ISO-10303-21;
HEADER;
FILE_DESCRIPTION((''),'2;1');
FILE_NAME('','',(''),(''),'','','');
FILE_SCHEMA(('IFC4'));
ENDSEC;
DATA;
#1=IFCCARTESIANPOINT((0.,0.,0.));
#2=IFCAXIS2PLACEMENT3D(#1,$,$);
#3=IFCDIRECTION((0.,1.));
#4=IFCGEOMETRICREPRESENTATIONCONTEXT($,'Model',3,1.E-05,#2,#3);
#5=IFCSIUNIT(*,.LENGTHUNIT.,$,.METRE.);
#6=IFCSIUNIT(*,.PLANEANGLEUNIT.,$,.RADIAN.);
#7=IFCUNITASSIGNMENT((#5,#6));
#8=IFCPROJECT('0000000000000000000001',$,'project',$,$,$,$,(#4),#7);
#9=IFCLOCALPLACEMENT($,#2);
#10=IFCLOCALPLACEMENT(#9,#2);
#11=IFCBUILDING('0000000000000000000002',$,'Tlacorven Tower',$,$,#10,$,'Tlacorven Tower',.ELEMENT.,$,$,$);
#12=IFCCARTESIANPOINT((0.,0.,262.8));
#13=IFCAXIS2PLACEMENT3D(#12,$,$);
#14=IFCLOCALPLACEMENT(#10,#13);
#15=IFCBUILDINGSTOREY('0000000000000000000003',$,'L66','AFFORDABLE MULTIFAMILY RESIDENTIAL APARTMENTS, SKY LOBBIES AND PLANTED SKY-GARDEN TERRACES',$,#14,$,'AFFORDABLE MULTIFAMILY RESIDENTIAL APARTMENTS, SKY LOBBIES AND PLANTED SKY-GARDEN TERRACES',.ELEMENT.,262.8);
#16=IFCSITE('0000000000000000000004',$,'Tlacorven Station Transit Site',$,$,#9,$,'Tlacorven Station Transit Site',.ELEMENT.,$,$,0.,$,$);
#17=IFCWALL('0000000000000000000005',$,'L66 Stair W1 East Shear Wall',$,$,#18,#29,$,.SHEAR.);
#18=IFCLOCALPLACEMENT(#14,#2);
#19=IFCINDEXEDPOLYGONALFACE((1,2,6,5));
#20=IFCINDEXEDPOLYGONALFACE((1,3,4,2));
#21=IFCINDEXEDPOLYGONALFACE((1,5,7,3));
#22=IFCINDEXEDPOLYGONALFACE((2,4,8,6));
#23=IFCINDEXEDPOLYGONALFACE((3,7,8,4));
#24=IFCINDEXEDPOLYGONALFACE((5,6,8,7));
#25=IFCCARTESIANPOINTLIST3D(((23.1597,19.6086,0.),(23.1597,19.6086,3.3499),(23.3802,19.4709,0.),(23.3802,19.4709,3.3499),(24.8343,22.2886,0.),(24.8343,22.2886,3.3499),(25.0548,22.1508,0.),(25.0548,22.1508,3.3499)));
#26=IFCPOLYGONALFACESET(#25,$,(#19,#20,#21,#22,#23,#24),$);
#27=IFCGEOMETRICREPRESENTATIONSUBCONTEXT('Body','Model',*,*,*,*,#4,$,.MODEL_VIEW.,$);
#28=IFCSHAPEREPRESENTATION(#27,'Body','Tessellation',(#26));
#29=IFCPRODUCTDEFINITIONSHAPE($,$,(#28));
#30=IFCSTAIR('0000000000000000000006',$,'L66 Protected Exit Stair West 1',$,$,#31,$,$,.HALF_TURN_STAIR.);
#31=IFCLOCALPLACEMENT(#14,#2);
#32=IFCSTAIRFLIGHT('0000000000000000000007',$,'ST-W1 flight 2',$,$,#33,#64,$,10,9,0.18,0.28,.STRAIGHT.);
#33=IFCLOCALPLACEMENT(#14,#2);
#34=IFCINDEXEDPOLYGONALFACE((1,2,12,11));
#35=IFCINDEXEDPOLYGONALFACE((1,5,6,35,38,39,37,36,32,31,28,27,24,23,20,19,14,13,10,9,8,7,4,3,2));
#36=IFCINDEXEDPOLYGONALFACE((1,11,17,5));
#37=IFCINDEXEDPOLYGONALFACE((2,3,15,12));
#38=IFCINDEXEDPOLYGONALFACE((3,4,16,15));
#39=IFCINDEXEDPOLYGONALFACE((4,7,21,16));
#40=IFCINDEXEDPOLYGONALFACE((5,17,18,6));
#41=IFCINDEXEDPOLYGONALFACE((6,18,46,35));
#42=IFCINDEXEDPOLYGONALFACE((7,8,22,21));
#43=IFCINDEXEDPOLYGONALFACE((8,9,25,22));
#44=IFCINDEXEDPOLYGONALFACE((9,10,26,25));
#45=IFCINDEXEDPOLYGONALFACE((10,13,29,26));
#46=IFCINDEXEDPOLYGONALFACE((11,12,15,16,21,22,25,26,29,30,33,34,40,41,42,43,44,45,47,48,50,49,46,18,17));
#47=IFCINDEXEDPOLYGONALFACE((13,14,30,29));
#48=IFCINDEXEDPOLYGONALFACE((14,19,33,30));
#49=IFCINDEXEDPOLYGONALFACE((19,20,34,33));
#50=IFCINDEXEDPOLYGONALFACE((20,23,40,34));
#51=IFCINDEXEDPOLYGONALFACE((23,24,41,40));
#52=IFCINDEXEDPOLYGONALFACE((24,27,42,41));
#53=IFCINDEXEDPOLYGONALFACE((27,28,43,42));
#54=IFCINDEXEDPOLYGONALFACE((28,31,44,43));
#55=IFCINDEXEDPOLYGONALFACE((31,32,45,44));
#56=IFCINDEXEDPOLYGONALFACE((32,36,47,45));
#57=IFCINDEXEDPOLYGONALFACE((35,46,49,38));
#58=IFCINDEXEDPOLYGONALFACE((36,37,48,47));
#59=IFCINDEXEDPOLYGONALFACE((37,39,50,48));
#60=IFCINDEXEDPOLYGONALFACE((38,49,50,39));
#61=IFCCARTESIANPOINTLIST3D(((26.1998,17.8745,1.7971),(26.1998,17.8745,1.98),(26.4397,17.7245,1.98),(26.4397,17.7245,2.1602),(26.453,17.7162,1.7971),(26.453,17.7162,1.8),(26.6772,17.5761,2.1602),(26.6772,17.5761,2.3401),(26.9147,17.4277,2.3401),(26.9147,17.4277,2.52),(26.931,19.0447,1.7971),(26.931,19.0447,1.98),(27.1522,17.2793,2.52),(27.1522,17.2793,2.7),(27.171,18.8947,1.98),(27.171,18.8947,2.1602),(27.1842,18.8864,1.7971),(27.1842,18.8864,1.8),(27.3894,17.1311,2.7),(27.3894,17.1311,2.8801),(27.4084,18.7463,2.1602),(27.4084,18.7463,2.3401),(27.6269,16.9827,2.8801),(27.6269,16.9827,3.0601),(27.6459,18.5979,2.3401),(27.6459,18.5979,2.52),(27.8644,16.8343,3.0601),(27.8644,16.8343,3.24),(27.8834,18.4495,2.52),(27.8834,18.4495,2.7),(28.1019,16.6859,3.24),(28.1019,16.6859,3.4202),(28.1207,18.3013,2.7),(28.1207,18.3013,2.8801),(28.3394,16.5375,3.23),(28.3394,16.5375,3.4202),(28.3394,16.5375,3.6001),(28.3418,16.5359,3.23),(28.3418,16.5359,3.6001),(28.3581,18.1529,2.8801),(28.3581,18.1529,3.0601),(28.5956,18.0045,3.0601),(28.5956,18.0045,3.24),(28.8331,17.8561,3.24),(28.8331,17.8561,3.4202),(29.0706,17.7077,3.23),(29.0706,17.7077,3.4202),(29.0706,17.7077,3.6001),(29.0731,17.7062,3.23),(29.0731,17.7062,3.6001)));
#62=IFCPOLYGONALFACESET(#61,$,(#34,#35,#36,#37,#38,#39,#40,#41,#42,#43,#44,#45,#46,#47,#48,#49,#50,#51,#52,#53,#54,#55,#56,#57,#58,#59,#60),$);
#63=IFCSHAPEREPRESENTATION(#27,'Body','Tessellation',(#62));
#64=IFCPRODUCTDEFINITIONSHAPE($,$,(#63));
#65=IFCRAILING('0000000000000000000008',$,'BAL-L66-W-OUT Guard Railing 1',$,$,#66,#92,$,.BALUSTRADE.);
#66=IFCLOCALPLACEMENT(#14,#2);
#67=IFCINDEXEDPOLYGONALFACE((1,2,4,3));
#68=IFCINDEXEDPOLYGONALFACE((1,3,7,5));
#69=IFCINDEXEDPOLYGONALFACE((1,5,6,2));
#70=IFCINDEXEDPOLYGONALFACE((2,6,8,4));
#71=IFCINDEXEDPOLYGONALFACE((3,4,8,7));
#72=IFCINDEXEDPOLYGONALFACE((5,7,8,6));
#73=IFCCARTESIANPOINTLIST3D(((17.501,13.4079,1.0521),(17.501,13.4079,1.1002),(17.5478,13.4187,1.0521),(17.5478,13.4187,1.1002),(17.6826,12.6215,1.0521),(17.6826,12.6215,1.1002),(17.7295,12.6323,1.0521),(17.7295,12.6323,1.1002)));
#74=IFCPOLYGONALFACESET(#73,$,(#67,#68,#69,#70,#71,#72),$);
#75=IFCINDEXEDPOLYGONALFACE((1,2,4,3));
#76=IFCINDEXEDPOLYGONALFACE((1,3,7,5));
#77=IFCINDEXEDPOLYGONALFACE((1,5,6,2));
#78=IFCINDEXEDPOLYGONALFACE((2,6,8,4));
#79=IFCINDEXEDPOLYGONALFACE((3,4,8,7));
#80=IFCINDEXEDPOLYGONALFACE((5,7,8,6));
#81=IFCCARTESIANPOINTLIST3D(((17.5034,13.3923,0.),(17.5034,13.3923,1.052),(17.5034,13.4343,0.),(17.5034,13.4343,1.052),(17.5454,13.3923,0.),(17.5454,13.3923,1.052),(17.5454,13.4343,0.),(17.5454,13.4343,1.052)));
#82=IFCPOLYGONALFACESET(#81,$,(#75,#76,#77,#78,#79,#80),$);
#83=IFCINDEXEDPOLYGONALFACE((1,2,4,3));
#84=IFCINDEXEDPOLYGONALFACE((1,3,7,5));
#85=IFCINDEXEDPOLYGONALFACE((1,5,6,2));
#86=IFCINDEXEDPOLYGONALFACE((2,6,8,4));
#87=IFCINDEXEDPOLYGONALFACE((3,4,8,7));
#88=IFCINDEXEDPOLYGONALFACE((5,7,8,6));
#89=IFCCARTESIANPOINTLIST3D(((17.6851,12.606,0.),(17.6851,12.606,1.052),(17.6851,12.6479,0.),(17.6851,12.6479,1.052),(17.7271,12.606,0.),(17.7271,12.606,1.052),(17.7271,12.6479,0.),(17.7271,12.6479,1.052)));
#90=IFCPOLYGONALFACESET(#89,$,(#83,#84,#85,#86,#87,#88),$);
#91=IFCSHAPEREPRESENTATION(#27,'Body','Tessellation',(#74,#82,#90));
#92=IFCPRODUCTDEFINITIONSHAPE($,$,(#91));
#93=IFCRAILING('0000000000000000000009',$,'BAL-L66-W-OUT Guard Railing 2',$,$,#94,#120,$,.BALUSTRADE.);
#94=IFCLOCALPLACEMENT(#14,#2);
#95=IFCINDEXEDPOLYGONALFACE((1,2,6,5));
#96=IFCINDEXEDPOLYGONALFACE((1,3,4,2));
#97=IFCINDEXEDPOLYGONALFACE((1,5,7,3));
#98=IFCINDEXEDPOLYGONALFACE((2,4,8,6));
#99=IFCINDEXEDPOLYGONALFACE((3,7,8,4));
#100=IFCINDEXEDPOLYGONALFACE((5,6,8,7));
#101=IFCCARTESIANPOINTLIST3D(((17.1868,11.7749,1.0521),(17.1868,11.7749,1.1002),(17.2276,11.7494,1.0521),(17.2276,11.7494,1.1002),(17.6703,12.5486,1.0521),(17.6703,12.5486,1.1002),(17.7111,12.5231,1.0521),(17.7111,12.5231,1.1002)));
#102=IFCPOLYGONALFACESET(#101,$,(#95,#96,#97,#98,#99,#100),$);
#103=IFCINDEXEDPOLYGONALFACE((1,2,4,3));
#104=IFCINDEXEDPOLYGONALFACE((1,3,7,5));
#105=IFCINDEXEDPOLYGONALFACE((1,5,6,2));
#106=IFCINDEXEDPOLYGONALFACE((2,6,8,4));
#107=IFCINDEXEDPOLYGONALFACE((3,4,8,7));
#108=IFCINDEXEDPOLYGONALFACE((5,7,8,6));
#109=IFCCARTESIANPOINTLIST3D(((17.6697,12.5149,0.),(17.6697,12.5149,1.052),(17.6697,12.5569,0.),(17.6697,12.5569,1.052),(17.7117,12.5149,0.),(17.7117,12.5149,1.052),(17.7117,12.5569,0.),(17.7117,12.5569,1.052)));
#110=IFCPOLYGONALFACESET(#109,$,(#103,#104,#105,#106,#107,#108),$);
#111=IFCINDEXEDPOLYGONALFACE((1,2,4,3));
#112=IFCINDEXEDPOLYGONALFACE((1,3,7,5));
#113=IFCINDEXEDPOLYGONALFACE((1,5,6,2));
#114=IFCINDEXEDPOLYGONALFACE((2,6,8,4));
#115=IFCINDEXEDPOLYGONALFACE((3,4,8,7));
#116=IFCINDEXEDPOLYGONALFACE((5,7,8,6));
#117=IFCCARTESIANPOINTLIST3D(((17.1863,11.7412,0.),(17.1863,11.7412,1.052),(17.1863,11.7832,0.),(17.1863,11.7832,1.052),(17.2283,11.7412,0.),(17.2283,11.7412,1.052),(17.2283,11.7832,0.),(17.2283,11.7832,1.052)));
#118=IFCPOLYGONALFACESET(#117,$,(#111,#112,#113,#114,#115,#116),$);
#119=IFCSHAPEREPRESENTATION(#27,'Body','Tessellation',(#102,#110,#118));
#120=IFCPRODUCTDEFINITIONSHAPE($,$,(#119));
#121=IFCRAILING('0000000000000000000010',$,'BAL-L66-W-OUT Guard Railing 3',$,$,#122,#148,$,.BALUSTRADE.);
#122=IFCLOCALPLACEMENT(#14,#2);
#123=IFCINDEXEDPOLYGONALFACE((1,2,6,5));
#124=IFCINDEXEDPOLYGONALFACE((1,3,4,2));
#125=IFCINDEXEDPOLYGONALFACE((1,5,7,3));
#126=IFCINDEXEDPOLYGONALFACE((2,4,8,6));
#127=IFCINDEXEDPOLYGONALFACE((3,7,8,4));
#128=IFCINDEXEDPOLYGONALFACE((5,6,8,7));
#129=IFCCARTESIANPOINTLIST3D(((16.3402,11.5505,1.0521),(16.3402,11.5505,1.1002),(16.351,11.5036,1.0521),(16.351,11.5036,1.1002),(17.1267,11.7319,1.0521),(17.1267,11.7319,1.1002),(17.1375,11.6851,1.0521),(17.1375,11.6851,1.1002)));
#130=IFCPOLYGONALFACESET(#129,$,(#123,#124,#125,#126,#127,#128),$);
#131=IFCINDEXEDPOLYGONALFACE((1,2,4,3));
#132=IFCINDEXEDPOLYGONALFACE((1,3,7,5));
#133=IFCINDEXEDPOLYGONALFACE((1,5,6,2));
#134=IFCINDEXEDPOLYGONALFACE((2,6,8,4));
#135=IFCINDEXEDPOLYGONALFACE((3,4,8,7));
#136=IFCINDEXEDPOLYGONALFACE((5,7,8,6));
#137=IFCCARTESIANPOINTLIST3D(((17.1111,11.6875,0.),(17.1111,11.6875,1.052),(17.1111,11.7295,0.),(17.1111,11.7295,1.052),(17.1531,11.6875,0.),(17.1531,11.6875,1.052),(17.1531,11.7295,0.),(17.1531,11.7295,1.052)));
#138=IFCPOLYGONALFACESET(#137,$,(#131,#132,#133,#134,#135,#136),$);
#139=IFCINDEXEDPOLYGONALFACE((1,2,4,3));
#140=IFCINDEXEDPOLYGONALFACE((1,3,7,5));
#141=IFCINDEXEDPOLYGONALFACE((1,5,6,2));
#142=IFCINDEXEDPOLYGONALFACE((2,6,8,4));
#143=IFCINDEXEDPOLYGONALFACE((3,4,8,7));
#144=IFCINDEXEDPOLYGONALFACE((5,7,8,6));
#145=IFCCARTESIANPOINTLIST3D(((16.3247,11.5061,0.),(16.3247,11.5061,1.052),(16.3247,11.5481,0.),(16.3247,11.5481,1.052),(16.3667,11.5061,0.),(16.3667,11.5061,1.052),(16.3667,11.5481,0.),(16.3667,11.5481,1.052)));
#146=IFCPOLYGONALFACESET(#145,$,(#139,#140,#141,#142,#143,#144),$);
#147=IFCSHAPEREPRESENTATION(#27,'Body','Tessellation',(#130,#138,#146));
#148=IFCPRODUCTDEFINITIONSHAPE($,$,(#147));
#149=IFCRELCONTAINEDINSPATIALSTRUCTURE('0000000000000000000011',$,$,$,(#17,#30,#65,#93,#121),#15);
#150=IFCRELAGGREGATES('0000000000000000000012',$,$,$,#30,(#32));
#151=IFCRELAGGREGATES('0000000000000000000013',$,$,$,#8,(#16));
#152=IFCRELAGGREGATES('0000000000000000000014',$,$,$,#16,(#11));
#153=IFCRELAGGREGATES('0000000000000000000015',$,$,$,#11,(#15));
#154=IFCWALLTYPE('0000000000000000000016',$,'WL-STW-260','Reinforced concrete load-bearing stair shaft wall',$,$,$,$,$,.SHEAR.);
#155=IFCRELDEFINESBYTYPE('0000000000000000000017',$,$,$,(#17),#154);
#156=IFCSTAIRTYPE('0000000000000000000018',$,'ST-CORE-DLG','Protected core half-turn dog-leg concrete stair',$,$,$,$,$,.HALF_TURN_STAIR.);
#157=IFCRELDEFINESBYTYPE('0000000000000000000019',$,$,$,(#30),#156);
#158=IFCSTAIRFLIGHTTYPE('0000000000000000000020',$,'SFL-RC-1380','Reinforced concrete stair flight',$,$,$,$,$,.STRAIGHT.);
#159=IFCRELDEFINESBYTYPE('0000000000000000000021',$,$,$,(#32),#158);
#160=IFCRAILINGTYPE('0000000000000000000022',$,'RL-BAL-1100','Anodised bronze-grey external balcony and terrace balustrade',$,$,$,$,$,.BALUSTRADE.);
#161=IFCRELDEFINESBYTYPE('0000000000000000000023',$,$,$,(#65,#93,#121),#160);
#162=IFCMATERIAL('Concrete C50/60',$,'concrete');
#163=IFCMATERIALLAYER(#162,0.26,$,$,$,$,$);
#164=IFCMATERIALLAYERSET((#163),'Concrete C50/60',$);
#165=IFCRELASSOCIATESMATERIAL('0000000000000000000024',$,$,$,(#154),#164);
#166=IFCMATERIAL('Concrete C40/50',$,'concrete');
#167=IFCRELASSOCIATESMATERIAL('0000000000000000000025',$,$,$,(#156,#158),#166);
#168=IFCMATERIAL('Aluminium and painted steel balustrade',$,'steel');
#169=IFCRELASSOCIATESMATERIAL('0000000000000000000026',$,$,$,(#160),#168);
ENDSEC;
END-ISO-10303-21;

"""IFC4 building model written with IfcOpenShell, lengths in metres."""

from ifc_helpers import new_model, si_unit, direction, frame, frame_2d, origin, origin_2d, place, context, subcontext, project, spatial, polyline, rectangle, outline, extrude, source, transform, mapped, material, layer, layer_set, type_object, element, aggregate, save


model = new_model("IFC4")

# Units and contexts
model_context = context("Model", 3, precision=1e-05, world=origin(), true_north=direction((0.0, 1.0)))
body_context = subcontext(model_context, "Body", "Model", "MODEL_VIEW")
ifc_project = project(units=[si_unit("LENGTHUNIT", "METRE"), si_unit("PLANEANGLEUNIT", "RADIAN")], contexts=[model_context])

# Site, building, storey
site_placement = place(None, origin())
site = spatial("IfcSite", under=ifc_project, at=site_placement, Name="Tlacorven Station Transit Site", LongName="Tlacorven Station Transit Site", CompositionType="ELEMENT", RefElevation=0.0)
building_placement = place(site_placement, origin())
building = spatial("IfcBuilding", under=site, at=building_placement, Name="Tlacorven Tower", LongName="Tlacorven Tower", CompositionType="ELEMENT")
storey_placement = place(building_placement, frame((0.0, 0.0, 262.8)))
storey = spatial("IfcBuildingStorey", under=building, at=storey_placement, Name="L66", Description="AFFORDABLE MULTIFAMILY RESIDENTIAL APARTMENTS, SKY LOBBIES AND PLANTED SKY-GARDEN TERRACES", LongName="AFFORDABLE MULTIFAMILY RESIDENTIAL APARTMENTS, SKY LOBBIES AND PLANTED SKY-GARDEN TERRACES", CompositionType="ELEMENT", Elevation=262.8)

# Shared definitions
ifc_material_1 = material(Name="Concrete C50/60", Category="concrete")

# Wall
ifc_layer_1 = layer(ifc_material_1, 0.26)
ifc_layer_set_1 = layer_set([ifc_layer_1], Name="Concrete C50/60")
wall_type_1 = type_object("IfcWallType", Name="WL-STW-260", Description="Reinforced concrete load-bearing stair shaft wall", PredefinedType="SHEAR", material=ifc_layer_set_1)
wall_1_placement = place(storey_placement, frame((24.9446, 22.2197, 0.0), z_axis=(0.0, 0.0, 1.0), x_axis=(-0.529909, -0.848055, 0.0)))
element("IfcWall", 1, at=wall_1_placement, inside=storey, type_object=wall_type_1, Name="L66 Stair W1 East Shear Wall", PredefinedType="SHEAR", context=body_context, shape_type="SweptSolid", body=[
    extrude(rectangle(XDim=3.1602, YDim=0.26, at=frame_2d((1.5801, 0.0))), origin(), (0.0, 0.0, 1.0), 3.3499),
])

# Stair, stair flight
ifc_material_2 = material(Name="Concrete C40/50", Category="concrete")
stair_type = type_object("IfcStairType", Name="ST-CORE-DLG", Description="Protected core half-turn dog-leg concrete stair", PredefinedType="HALF_TURN_STAIR", material=ifc_material_2)
stair_placement = place(storey_placement, origin())
stair = element("IfcStair", 2, at=stair_placement, inside=storey, type_object=stair_type, Name="L66 Protected Exit Stair West 1", PredefinedType="HALF_TURN_STAIR")
stair_flight_type = type_object("IfcStairFlightType", Name="SFL-RC-1380", Description="Reinforced concrete stair flight", PredefinedType="STRAIGHT", material=ifc_material_2)
shared_shape_1 = source(origin(), body_context, "Body", "SweptSolid", [
    extrude(outline(polyline([(-0.0029, -0.0029), (-0.0029, 0.1799), (0.28, 0.1799), (0.28, 0.3601), (0.5601, 0.3601), (0.5601, 0.54), (0.8401, 0.54), (0.8401, 0.72), (1.1201, 0.72), (1.1201, 0.8999), (1.3999, 0.8999), (1.3999, 1.0801), (1.6799, 1.0801), (1.6799, 1.26), (1.96, 1.26), (1.96, 1.4399), (2.24, 1.4399), (2.24, 1.6201), (2.52, 1.6201), (2.52, 1.8), (2.5229, 1.8), (2.5229, 1.4299), (2.52, 1.4299), (0.2957, 0.0), (0.2957, -0.0029), (-0.0029, -0.0029)])), frame((0.0, 0.6899, 0.0), z_axis=(0.0, -1.0, 0.0), x_axis=(1.0, 0.0, 0.0)), (0.0, 0.0, 1.0), 1.3799),
])
stair_flight_placement = place(storey_placement, frame((26.5679, 18.458, 1.8), z_axis=(0.0, 0.0, 1.0), x_axis=(0.848048, -0.529919, 0.0)))
stair_flight = element("IfcStairFlight", 3, at=stair_flight_placement, type_object=stair_flight_type, Name="ST-W1 flight 2", NumberOfRisers=10, NumberOfTreads=9, PredefinedType="STRAIGHT", RiserHeight=0.18, TreadLength=0.28, context=body_context, shape_type="MappedRepresentation", body=[
    mapped(shared_shape_1, transform((0.0, 0.0, 0.0), scale=1.0)),
])
aggregate(stair, [stair_flight])

# Railings
ifc_material_3 = material(Name="Aluminium and painted steel balustrade", Category="steel")
railing_type_1 = type_object("IfcRailingType", Name="RL-BAL-1100", Description="Anodised bronze-grey external balcony and terrace balustrade", PredefinedType="BALUSTRADE", material=ifc_material_3)
shared_shape_2 = source(origin(), body_context, "Body", "SweptSolid", [
    extrude(rectangle(XDim=0.0481, YDim=0.0481, at=origin_2d()), frame((0.0, 0.0, 1.0762), z_axis=(0.225058, -0.974345, 0.0), x_axis=(0.974345, 0.225058, 0.0)), (0.0, 0.0, 1.0), 0.8071),
    extrude(rectangle(XDim=0.042, YDim=0.042, at=origin_2d()), origin(), (0.0, 0.0, 1.0), 1.052),
    extrude(rectangle(XDim=0.042, YDim=0.042, at=origin_2d()), frame((0.1816, -0.7864, 0.0)), (0.0, 0.0, 1.0), 1.052),
])
railing_1_placement = place(storey_placement, frame((17.5244, 13.4133, 0.0)))
element("IfcRailing", 4, at=railing_1_placement, inside=storey, type_object=railing_type_1, Name="BAL-L66-W-OUT Guard Railing 1", PredefinedType="BALUSTRADE", context=body_context, shape_type="MappedRepresentation", body=[
    mapped(shared_shape_2, transform((0.0, 0.0, 0.0), scale=1.0)),
])
shared_shape_3 = source(origin(), body_context, "Body", "SweptSolid", [
    extrude(rectangle(XDim=0.0481, YDim=0.0481, at=origin_2d()), frame((0.0, 0.0, 1.0762), z_axis=(-0.529879, -0.848073, 0.0), x_axis=(0.848073, -0.529879, 0.0)), (0.0, 0.0, 1.0), 0.9124),
    extrude(rectangle(XDim=0.042, YDim=0.042, at=origin_2d()), origin(), (0.0, 0.0, 1.0), 1.052),
    extrude(rectangle(XDim=0.042, YDim=0.042, at=origin_2d()), frame((-0.4834, -0.7737, 0.0)), (0.0, 0.0, 1.0), 1.052),
])
railing_2_placement = place(storey_placement, frame((17.6907, 12.5359, 0.0)))
element("IfcRailing", 5, at=railing_2_placement, inside=storey, type_object=railing_type_1, Name="BAL-L66-W-OUT Guard Railing 2", PredefinedType="BALUSTRADE", context=body_context, shape_type="MappedRepresentation", body=[
    mapped(shared_shape_3, transform((0.0, 0.0, 0.0), scale=1.0)),
])
shared_shape_4 = source(origin(), body_context, "Body", "SweptSolid", [
    extrude(rectangle(XDim=0.0481, YDim=0.0481, at=origin_2d()), frame((0.0, 0.0, 1.0762), z_axis=(-0.974412, -0.224771, 0.0), x_axis=(0.224771, -0.974412, 0.0)), (0.0, 0.0, 1.0), 0.8071),
    extrude(rectangle(XDim=0.042, YDim=0.042, at=origin_2d()), origin(), (0.0, 0.0, 1.0), 1.052),
    extrude(rectangle(XDim=0.042, YDim=0.042, at=origin_2d()), frame((-0.7864, -0.1814, 0.0)), (0.0, 0.0, 1.0), 1.052),
])
railing_3_placement = place(storey_placement, frame((17.1321, 11.7085, 0.0)))
element("IfcRailing", 6, at=railing_3_placement, inside=storey, type_object=railing_type_1, Name="BAL-L66-W-OUT Guard Railing 3", PredefinedType="BALUSTRADE", context=body_context, shape_type="MappedRepresentation", body=[
    mapped(shared_shape_4, transform((0.0, 0.0, 0.0), scale=1.0)),
])

save(model, "model.ifc")
